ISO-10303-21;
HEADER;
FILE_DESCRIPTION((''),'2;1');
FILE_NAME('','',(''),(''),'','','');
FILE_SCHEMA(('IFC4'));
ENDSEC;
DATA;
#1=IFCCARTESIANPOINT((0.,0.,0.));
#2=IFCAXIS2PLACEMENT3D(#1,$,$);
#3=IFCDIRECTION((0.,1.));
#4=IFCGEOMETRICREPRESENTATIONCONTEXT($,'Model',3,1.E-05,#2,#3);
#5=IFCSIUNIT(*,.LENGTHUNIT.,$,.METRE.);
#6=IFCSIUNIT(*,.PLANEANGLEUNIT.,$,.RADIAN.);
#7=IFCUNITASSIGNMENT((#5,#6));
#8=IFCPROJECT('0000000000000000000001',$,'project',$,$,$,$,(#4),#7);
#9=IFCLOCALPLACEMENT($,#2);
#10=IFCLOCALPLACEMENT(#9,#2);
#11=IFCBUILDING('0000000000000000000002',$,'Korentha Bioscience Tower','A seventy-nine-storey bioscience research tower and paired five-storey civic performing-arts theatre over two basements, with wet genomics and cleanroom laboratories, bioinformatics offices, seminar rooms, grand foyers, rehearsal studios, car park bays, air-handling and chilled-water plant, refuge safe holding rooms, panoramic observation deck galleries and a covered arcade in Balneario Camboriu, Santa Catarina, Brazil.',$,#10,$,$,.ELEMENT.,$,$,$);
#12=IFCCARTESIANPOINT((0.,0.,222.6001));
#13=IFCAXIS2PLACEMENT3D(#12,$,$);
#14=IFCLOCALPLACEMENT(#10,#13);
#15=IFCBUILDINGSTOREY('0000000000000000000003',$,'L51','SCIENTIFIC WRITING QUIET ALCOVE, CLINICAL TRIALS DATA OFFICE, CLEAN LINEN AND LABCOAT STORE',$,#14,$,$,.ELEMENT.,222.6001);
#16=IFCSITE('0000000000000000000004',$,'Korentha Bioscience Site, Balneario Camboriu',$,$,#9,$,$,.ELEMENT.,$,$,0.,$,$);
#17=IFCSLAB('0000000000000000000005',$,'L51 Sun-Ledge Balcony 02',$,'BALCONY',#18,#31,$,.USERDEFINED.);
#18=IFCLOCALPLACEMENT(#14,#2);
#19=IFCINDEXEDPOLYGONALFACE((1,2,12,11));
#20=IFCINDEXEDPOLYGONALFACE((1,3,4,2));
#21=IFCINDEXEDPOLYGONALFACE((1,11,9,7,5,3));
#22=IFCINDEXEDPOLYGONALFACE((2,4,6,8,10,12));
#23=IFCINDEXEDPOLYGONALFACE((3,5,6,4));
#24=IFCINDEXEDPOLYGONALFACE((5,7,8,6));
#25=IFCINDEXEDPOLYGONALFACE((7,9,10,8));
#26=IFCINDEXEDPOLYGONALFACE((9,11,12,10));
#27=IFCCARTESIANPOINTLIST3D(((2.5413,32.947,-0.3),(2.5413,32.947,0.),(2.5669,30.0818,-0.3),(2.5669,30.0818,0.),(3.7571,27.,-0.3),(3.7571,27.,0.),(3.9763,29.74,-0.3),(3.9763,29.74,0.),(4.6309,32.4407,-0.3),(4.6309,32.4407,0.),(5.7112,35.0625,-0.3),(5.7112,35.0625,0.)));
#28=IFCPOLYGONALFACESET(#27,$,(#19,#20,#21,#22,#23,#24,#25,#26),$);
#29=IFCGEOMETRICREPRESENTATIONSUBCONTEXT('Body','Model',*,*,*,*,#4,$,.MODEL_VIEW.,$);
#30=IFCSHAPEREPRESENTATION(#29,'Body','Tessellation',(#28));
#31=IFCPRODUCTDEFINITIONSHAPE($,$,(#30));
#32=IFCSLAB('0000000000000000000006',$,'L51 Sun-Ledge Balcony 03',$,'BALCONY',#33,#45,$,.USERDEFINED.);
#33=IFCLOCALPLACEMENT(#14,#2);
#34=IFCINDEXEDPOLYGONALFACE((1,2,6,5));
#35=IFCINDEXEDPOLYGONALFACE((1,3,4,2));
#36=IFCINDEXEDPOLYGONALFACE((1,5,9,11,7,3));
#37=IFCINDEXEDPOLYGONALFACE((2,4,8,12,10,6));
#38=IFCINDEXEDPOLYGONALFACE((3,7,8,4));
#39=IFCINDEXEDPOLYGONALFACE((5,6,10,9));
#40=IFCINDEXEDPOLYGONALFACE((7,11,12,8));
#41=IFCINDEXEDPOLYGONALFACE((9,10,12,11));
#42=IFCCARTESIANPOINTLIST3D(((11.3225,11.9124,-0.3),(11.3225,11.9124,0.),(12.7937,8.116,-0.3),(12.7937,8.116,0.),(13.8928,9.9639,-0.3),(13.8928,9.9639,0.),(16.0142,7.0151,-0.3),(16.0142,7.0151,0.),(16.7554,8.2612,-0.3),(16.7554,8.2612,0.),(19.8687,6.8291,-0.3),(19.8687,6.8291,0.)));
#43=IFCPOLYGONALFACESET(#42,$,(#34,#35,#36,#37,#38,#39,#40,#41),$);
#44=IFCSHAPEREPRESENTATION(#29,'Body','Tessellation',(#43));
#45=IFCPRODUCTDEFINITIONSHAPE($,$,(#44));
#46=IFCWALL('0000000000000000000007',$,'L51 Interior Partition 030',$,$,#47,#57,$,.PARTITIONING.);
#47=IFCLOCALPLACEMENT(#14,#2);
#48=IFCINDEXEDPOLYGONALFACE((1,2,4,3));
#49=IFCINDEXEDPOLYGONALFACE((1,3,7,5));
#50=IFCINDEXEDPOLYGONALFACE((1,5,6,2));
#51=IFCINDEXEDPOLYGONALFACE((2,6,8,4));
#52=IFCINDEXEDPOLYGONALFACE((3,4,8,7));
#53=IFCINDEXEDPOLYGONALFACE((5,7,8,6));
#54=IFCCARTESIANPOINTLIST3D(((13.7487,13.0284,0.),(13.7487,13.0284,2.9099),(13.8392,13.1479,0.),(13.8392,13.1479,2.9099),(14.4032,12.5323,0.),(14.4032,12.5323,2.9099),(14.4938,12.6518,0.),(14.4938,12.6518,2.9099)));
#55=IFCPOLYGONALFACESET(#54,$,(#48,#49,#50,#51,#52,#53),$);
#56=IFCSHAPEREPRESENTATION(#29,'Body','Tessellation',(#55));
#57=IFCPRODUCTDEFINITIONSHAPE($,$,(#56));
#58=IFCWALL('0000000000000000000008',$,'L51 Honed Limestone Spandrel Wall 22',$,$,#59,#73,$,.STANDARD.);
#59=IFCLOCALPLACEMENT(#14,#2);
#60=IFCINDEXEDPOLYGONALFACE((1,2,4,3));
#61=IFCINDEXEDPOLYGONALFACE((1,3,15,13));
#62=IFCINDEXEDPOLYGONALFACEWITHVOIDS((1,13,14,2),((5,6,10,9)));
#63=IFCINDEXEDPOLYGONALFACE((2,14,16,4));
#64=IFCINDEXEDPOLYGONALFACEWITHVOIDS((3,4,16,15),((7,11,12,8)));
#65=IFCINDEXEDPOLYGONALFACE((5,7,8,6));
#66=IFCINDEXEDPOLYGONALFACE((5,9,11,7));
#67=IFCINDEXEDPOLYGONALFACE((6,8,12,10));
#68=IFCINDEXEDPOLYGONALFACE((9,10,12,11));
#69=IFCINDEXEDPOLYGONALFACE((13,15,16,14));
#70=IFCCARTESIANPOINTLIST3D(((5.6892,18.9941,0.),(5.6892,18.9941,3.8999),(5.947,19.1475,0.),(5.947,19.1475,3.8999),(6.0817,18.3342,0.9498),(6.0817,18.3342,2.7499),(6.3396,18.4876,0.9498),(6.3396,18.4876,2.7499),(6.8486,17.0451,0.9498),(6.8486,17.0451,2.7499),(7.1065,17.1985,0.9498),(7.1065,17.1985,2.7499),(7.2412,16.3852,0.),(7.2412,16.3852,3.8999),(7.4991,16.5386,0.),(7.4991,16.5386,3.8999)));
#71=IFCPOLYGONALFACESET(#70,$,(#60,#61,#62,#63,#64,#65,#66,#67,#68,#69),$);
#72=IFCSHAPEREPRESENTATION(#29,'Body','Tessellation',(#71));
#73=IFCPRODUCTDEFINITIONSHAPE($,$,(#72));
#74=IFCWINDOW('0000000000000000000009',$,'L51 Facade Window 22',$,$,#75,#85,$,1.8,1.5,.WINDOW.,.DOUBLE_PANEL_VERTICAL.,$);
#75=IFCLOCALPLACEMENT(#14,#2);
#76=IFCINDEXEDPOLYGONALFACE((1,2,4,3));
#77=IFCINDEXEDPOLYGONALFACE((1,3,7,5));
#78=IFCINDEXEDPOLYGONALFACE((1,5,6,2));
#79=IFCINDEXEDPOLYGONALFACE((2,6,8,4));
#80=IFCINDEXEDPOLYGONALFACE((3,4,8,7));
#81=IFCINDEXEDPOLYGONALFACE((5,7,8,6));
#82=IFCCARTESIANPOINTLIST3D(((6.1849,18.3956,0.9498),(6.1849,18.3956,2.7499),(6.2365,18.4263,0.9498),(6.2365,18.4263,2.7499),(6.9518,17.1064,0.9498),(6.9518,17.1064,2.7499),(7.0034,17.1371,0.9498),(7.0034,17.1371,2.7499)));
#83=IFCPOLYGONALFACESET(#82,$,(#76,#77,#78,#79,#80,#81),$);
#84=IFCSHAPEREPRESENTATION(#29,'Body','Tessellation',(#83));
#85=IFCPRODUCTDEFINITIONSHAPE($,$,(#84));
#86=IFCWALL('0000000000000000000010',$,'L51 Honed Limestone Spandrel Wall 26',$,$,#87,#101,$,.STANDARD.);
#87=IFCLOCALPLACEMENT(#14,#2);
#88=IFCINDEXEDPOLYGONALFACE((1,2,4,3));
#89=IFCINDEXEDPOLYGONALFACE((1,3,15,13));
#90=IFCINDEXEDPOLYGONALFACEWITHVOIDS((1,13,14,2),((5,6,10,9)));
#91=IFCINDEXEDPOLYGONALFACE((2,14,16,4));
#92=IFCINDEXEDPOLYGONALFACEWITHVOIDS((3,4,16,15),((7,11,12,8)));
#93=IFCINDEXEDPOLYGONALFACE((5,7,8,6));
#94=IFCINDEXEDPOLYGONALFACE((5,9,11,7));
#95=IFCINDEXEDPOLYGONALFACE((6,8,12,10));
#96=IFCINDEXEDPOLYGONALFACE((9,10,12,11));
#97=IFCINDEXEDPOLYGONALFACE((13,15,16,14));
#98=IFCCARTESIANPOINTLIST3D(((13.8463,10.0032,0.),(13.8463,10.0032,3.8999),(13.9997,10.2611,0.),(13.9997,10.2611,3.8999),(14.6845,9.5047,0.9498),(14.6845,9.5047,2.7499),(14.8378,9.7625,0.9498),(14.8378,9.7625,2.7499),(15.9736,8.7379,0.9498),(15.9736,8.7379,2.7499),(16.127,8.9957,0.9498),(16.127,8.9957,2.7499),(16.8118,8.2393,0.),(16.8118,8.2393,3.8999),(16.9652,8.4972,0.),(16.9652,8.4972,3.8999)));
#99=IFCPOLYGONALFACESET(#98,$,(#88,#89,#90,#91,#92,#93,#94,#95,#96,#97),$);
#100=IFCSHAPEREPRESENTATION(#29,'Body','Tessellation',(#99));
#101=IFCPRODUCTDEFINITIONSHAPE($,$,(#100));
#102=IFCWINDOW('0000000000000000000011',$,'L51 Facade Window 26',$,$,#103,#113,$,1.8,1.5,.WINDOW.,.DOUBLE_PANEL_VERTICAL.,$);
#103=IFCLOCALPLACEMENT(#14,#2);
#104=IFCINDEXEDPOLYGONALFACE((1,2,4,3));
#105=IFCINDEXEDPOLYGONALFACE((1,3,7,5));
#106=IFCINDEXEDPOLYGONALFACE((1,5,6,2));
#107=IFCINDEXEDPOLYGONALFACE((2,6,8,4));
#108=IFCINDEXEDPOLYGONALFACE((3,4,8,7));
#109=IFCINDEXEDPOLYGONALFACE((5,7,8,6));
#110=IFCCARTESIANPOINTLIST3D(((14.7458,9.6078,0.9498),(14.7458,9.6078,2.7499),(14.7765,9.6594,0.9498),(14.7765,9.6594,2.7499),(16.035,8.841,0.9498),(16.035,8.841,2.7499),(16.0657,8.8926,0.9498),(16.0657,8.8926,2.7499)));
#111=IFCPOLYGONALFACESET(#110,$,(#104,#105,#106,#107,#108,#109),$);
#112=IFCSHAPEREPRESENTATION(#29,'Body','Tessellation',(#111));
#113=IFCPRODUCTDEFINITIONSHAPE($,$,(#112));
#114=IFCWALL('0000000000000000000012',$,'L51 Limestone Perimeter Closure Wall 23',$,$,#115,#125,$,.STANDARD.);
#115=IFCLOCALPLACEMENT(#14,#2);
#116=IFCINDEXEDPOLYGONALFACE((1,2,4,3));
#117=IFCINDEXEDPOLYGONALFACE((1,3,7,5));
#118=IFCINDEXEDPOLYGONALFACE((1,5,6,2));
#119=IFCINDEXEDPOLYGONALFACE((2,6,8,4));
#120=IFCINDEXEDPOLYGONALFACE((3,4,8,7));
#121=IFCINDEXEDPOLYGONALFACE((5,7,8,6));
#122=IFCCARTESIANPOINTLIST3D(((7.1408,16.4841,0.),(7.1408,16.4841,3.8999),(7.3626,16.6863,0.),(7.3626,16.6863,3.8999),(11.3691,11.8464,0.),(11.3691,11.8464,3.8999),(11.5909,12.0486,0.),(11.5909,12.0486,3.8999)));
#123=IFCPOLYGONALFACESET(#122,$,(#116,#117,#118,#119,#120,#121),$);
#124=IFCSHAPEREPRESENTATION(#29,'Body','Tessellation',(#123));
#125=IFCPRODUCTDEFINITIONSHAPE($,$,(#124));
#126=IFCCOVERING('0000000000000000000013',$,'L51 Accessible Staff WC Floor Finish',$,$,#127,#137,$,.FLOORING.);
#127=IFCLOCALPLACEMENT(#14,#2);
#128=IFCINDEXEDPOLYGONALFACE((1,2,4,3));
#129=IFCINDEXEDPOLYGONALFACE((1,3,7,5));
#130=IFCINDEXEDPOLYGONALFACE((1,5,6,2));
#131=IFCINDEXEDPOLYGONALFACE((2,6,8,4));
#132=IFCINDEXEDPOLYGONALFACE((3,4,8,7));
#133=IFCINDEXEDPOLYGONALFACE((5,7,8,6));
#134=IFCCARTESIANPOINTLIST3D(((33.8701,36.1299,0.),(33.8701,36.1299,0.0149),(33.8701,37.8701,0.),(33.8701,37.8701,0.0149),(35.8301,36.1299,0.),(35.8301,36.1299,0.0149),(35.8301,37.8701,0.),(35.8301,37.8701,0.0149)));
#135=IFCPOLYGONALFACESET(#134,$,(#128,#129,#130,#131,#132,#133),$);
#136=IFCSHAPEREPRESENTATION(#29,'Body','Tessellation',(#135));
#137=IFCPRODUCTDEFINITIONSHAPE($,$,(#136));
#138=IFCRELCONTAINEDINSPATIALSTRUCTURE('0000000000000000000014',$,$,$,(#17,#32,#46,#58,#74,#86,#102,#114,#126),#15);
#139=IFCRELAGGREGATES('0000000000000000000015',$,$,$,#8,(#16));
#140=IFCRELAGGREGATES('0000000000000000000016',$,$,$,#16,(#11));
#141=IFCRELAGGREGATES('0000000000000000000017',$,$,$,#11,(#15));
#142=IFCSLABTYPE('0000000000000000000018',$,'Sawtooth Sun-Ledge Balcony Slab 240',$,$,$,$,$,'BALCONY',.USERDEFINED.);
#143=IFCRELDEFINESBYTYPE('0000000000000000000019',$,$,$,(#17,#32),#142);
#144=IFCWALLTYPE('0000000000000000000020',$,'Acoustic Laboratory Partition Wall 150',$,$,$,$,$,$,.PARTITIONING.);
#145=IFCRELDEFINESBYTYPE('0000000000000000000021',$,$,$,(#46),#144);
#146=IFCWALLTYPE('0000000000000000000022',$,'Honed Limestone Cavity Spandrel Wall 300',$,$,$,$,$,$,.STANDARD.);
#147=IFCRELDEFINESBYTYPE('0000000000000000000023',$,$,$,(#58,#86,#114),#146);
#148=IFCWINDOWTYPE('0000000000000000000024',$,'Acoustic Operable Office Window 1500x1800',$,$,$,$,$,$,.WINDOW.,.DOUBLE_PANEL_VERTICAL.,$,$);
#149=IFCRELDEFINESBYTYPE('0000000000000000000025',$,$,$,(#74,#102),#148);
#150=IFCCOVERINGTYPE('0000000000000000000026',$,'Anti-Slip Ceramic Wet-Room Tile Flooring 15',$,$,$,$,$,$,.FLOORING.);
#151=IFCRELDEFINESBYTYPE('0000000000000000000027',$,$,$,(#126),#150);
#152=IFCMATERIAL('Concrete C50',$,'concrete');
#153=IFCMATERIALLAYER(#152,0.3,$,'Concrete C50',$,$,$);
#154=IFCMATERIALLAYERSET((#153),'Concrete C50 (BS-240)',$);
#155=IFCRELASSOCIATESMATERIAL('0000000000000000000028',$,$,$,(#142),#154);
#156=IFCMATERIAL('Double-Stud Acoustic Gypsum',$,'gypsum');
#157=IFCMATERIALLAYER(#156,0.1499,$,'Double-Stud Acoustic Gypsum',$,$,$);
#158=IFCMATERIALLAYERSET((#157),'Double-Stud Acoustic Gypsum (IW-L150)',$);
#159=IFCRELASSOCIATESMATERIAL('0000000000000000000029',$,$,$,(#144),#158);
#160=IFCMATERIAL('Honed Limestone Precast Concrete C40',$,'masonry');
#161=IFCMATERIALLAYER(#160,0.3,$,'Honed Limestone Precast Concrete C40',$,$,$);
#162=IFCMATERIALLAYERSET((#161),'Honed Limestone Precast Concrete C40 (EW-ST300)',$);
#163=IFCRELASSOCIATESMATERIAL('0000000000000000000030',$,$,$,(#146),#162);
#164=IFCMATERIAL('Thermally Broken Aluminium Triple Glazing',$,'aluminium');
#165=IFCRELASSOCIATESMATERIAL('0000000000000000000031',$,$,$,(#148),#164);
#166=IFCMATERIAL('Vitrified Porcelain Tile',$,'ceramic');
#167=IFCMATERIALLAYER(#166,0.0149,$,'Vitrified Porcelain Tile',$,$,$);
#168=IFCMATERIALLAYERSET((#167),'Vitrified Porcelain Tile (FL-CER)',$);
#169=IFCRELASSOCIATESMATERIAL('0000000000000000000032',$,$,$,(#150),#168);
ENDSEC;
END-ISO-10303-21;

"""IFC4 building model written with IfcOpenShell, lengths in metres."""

from ifc_helpers import new_model, si_unit, direction, frame, frame_2d, origin, place, context, subcontext, project, spatial, polyline, rectangle, outline, extrude, material, layer, layer_set, type_object, element, fill, save


model = new_model("IFC4")

# Units and contexts
model_context = context("Model", 3, precision=1e-05, world=origin(), true_north=direction((0.0, 1.0)))
body_context = subcontext(model_context, "Body", "Model", "MODEL_VIEW")
ifc_project = project(units=[si_unit("LENGTHUNIT", "METRE"), si_unit("PLANEANGLEUNIT", "RADIAN")], contexts=[model_context])

# Site, building, storey
site_placement = place(None, origin())
site = spatial("IfcSite", under=ifc_project, at=site_placement, Name="Korentha Bioscience Site, Balneario Camboriu", CompositionType="ELEMENT", RefElevation=0.0)
building_placement = place(site_placement, origin())
building = spatial("IfcBuilding", under=site, at=building_placement, Name="Korentha Bioscience Tower", Description="A seventy-nine-storey bioscience research tower and paired five-storey civic performing-arts theatre over two basements, with wet genomics and cleanroom laboratories, bioinformatics offices, seminar rooms, grand foyers, rehearsal studios, car park bays, air-handling and chilled-water plant, refuge safe holding rooms, panoramic observation deck galleries and a covered arcade in Balneario Camboriu, Santa Catarina, Brazil.", CompositionType="ELEMENT")
storey_placement = place(building_placement, frame((0.0, 0.0, 222.6001)))
storey = spatial("IfcBuildingStorey", under=building, at=storey_placement, Name="L51", Description="SCIENTIFIC WRITING QUIET ALCOVE, CLINICAL TRIALS DATA OFFICE, CLEAN LINEN AND LABCOAT STORE", CompositionType="ELEMENT", Elevation=222.6001)

# Shared definitions
ifc_material_1 = material(Name="Concrete C50", Category="concrete")

# Slabs
ifc_layer_1 = layer(ifc_material_1, 0.3, Name="Concrete C50")
ifc_layer_set_1 = layer_set([ifc_layer_1], Name="Concrete C50 (BS-240)")
slab_type_1 = type_object("IfcSlabType", Name="Sawtooth Sun-Ledge Balcony Slab 240", ElementType="BALCONY", PredefinedType="USERDEFINED", material=ifc_layer_set_1)
slab_1_placement = place(storey_placement, frame((0.0, 0.0, -0.3)))
element("IfcSlab", 1, at=slab_1_placement, inside=storey, type_object=slab_type_1, Name="L51 Sun-Ledge Balcony 02", ObjectType="BALCONY", PredefinedType="USERDEFINED", context=body_context, shape_type="SweptSolid", body=[
    extrude(outline(polyline([(3.7571, 27.0), (3.9763, 29.74), (4.6309, 32.4407), (5.7112, 35.0625), (2.5413, 32.947), (2.5669, 30.0818), (3.7571, 27.0)])), origin(), (0.0, 0.0, 1.0), 0.3),
])
slab_2_placement = place(storey_placement, frame((0.0, 0.0, -0.3)))
element("IfcSlab", 2, at=slab_2_placement, inside=storey, type_object=slab_type_1, Name="L51 Sun-Ledge Balcony 03", ObjectType="BALCONY", PredefinedType="USERDEFINED", context=body_context, shape_type="SweptSolid", body=[
    extrude(outline(polyline([(19.8687, 6.8291), (16.7554, 8.2612), (13.8928, 9.9639), (11.3225, 11.9124), (12.7937, 8.116), (16.0142, 7.0151), (19.8687, 6.8291)])), origin(), (0.0, 0.0, 1.0), 0.3),
])

# Wall
ifc_material_2 = material(Name="Double-Stud Acoustic Gypsum", Category="gypsum")
ifc_layer_2 = layer(ifc_material_2, 0.1499, Name="Double-Stud Acoustic Gypsum")
ifc_layer_set_2 = layer_set([ifc_layer_2], Name="Double-Stud Acoustic Gypsum (IW-L150)")
wall_type_1 = type_object("IfcWallType", Name="Acoustic Laboratory Partition Wall 150", PredefinedType="PARTITIONING", material=ifc_layer_set_2)
wall_1_placement = place(storey_placement, frame((13.7939, 13.0881, 0.0), z_axis=(0.0, 0.0, 1.0), x_axis=(0.796958, -0.604035, 0.0)))
element("IfcWall", 3, at=wall_1_placement, inside=storey, type_object=wall_type_1, Name="L51 Interior Partition 030", PredefinedType="PARTITIONING", context=body_context, shape_type="SweptSolid", body=[
    extrude(rectangle(XDim=0.8213, YDim=0.1499, at=frame_2d((0.4106, 0.0))), origin(), (0.0, 0.0, 1.0), 2.9099),
])

# Wall, opening, window
ifc_material_3 = material(Name="Honed Limestone Precast Concrete C40", Category="masonry")
ifc_layer_3 = layer(ifc_material_3, 0.3, Name="Honed Limestone Precast Concrete C40")
ifc_layer_set_3 = layer_set([ifc_layer_3], Name="Honed Limestone Precast Concrete C40 (EW-ST300)")
wall_type_2 = type_object("IfcWallType", Name="Honed Limestone Cavity Spandrel Wall 300", PredefinedType="STANDARD", material=ifc_layer_set_3)
wall_2_placement = place(storey_placement, frame((5.8181, 19.0708, 0.0), z_axis=(0.0, 0.0, 1.0), x_axis=(0.511263, -0.859424, 0.0)))
wall_2 = element("IfcWall", 4, at=wall_2_placement, inside=storey, type_object=wall_type_2, Name="L51 Honed Limestone Spandrel Wall 22", PredefinedType="STANDARD", context=body_context, shape_type="SweptSolid", body=[
    extrude(rectangle(XDim=3.0356, YDim=0.3, at=frame_2d((1.5178, 0.0))), origin(), (0.0, 0.0, 1.0), 3.8999),
])
opening_1_placement = place(wall_2_placement, frame((0.7678, 0.0, 0.95)))
opening_1 = element("IfcOpeningElement", 5, at=opening_1_placement, cuts=wall_2, PredefinedType="OPENING", context=body_context, shape_type="SweptSolid", body=[
    extrude(rectangle(XDim=1.5, YDim=1.8, at=frame_2d((0.75, 0.8999))), frame((0.0, 0.165, 0.0), z_axis=(0.0, -1.0, 0.0), x_axis=(1.0, 0.0, 0.0)), (0.0, 0.0, 1.0), 0.3298),
])
ifc_material_4 = material(Name="Thermally Broken Aluminium Triple Glazing", Category="aluminium")
window_type = type_object("IfcWindowType", Name="Acoustic Operable Office Window 1500x1800", PartitioningType="DOUBLE_PANEL_VERTICAL", PredefinedType="WINDOW", material=ifc_material_4)
window_1_placement = place(opening_1_placement, origin())
window_1 = element("IfcWindow", 6, at=window_1_placement, inside=storey, type_object=window_type, Name="L51 Facade Window 22", OverallHeight=1.8, OverallWidth=1.5, PartitioningType="DOUBLE_PANEL_VERTICAL", PredefinedType="WINDOW", context=body_context, shape_type="SweptSolid", body=[
    extrude(rectangle(XDim=1.5, YDim=1.8, at=frame_2d((0.75, 0.8999))), frame((0.0, 0.03, 0.0), z_axis=(0.0, -1.0, 0.0), x_axis=(1.0, 0.0, 0.0)), (0.0, 0.0, 1.0), 0.0601),
])
fill(opening_1, window_1)

# Wall, opening, window
wall_3_placement = place(storey_placement, frame((13.9231, 10.1321, 0.0), z_axis=(0.0, 0.0, 1.0), x_axis=(0.859459, -0.511204, 0.0)))
wall_3 = element("IfcWall", 7, at=wall_3_placement, inside=storey, type_object=wall_type_2, Name="L51 Honed Limestone Spandrel Wall 26", PredefinedType="STANDARD", context=body_context, shape_type="SweptSolid", body=[
    extrude(rectangle(XDim=3.4504, YDim=0.3, at=frame_2d((1.7251, 0.0))), origin(), (0.0, 0.0, 1.0), 3.8999),
])
opening_2_placement = place(wall_3_placement, frame((0.9751, 0.0, 0.95)))
opening_2 = element("IfcOpeningElement", 8, at=opening_2_placement, cuts=wall_3, PredefinedType="OPENING", context=body_context, shape_type="SweptSolid", body=[
    extrude(rectangle(XDim=1.5, YDim=1.8, at=frame_2d((0.75, 0.8999))), frame((0.0, 0.165, 0.0), z_axis=(0.0, -1.0, 0.0), x_axis=(1.0, 0.0, 0.0)), (0.0, 0.0, 1.0), 0.3298),
])
window_2_placement = place(opening_2_placement, origin())
window_2 = element("IfcWindow", 9, at=window_2_placement, inside=storey, type_object=window_type, Name="L51 Facade Window 26", OverallHeight=1.8, OverallWidth=1.5, PartitioningType="DOUBLE_PANEL_VERTICAL", PredefinedType="WINDOW", context=body_context, shape_type="SweptSolid", body=[
    extrude(rectangle(XDim=1.5, YDim=1.8, at=frame_2d((0.75, 0.8999))), frame((0.0, 0.03, 0.0), z_axis=(0.0, -1.0, 0.0), x_axis=(1.0, 0.0, 0.0)), (0.0, 0.0, 1.0), 0.0601),
])
fill(opening_2, window_2)

# Wall
wall_4_placement = place(storey_placement, frame((7.2517, 16.5852, 0.0), z_axis=(0.0, 0.0, 1.0), x_axis=(0.673735, -0.738973, 0.0)))
element("IfcWall", 10, at=wall_4_placement, inside=storey, type_object=wall_type_2, Name="L51 Limestone Perimeter Closure Wall 23", PredefinedType="STANDARD", context=body_context, shape_type="SweptSolid", body=[
    extrude(rectangle(XDim=6.2759, YDim=0.3, at=frame_2d((3.1379, 0.0))), origin(), (0.0, 0.0, 1.0), 3.8999),
])

# Covering
ifc_material_5 = material(Name="Vitrified Porcelain Tile", Category="ceramic")
ifc_layer_4 = layer(ifc_material_5, 0.0149, Name="Vitrified Porcelain Tile")
ifc_layer_set_4 = layer_set([ifc_layer_4], Name="Vitrified Porcelain Tile (FL-CER)")
covering_type_1 = type_object("IfcCoveringType", Name="Anti-Slip Ceramic Wet-Room Tile Flooring 15", PredefinedType="FLOORING", material=ifc_layer_set_4)
covering_1_placement = place(storey_placement, origin())
element("IfcCovering", 11, at=covering_1_placement, inside=storey, type_object=covering_type_1, Name="L51 Accessible Staff WC Floor Finish", PredefinedType="FLOORING", context=body_context, shape_type="SweptSolid", body=[
    extrude(outline(polyline([(33.8701, 36.1299), (33.8701, 37.8701), (35.8301, 37.8701), (35.8301, 36.1299), (33.8701, 36.1299)])), origin(), (0.0, 0.0, 1.0), 0.0149),
])

save(model, "model.ifc")
